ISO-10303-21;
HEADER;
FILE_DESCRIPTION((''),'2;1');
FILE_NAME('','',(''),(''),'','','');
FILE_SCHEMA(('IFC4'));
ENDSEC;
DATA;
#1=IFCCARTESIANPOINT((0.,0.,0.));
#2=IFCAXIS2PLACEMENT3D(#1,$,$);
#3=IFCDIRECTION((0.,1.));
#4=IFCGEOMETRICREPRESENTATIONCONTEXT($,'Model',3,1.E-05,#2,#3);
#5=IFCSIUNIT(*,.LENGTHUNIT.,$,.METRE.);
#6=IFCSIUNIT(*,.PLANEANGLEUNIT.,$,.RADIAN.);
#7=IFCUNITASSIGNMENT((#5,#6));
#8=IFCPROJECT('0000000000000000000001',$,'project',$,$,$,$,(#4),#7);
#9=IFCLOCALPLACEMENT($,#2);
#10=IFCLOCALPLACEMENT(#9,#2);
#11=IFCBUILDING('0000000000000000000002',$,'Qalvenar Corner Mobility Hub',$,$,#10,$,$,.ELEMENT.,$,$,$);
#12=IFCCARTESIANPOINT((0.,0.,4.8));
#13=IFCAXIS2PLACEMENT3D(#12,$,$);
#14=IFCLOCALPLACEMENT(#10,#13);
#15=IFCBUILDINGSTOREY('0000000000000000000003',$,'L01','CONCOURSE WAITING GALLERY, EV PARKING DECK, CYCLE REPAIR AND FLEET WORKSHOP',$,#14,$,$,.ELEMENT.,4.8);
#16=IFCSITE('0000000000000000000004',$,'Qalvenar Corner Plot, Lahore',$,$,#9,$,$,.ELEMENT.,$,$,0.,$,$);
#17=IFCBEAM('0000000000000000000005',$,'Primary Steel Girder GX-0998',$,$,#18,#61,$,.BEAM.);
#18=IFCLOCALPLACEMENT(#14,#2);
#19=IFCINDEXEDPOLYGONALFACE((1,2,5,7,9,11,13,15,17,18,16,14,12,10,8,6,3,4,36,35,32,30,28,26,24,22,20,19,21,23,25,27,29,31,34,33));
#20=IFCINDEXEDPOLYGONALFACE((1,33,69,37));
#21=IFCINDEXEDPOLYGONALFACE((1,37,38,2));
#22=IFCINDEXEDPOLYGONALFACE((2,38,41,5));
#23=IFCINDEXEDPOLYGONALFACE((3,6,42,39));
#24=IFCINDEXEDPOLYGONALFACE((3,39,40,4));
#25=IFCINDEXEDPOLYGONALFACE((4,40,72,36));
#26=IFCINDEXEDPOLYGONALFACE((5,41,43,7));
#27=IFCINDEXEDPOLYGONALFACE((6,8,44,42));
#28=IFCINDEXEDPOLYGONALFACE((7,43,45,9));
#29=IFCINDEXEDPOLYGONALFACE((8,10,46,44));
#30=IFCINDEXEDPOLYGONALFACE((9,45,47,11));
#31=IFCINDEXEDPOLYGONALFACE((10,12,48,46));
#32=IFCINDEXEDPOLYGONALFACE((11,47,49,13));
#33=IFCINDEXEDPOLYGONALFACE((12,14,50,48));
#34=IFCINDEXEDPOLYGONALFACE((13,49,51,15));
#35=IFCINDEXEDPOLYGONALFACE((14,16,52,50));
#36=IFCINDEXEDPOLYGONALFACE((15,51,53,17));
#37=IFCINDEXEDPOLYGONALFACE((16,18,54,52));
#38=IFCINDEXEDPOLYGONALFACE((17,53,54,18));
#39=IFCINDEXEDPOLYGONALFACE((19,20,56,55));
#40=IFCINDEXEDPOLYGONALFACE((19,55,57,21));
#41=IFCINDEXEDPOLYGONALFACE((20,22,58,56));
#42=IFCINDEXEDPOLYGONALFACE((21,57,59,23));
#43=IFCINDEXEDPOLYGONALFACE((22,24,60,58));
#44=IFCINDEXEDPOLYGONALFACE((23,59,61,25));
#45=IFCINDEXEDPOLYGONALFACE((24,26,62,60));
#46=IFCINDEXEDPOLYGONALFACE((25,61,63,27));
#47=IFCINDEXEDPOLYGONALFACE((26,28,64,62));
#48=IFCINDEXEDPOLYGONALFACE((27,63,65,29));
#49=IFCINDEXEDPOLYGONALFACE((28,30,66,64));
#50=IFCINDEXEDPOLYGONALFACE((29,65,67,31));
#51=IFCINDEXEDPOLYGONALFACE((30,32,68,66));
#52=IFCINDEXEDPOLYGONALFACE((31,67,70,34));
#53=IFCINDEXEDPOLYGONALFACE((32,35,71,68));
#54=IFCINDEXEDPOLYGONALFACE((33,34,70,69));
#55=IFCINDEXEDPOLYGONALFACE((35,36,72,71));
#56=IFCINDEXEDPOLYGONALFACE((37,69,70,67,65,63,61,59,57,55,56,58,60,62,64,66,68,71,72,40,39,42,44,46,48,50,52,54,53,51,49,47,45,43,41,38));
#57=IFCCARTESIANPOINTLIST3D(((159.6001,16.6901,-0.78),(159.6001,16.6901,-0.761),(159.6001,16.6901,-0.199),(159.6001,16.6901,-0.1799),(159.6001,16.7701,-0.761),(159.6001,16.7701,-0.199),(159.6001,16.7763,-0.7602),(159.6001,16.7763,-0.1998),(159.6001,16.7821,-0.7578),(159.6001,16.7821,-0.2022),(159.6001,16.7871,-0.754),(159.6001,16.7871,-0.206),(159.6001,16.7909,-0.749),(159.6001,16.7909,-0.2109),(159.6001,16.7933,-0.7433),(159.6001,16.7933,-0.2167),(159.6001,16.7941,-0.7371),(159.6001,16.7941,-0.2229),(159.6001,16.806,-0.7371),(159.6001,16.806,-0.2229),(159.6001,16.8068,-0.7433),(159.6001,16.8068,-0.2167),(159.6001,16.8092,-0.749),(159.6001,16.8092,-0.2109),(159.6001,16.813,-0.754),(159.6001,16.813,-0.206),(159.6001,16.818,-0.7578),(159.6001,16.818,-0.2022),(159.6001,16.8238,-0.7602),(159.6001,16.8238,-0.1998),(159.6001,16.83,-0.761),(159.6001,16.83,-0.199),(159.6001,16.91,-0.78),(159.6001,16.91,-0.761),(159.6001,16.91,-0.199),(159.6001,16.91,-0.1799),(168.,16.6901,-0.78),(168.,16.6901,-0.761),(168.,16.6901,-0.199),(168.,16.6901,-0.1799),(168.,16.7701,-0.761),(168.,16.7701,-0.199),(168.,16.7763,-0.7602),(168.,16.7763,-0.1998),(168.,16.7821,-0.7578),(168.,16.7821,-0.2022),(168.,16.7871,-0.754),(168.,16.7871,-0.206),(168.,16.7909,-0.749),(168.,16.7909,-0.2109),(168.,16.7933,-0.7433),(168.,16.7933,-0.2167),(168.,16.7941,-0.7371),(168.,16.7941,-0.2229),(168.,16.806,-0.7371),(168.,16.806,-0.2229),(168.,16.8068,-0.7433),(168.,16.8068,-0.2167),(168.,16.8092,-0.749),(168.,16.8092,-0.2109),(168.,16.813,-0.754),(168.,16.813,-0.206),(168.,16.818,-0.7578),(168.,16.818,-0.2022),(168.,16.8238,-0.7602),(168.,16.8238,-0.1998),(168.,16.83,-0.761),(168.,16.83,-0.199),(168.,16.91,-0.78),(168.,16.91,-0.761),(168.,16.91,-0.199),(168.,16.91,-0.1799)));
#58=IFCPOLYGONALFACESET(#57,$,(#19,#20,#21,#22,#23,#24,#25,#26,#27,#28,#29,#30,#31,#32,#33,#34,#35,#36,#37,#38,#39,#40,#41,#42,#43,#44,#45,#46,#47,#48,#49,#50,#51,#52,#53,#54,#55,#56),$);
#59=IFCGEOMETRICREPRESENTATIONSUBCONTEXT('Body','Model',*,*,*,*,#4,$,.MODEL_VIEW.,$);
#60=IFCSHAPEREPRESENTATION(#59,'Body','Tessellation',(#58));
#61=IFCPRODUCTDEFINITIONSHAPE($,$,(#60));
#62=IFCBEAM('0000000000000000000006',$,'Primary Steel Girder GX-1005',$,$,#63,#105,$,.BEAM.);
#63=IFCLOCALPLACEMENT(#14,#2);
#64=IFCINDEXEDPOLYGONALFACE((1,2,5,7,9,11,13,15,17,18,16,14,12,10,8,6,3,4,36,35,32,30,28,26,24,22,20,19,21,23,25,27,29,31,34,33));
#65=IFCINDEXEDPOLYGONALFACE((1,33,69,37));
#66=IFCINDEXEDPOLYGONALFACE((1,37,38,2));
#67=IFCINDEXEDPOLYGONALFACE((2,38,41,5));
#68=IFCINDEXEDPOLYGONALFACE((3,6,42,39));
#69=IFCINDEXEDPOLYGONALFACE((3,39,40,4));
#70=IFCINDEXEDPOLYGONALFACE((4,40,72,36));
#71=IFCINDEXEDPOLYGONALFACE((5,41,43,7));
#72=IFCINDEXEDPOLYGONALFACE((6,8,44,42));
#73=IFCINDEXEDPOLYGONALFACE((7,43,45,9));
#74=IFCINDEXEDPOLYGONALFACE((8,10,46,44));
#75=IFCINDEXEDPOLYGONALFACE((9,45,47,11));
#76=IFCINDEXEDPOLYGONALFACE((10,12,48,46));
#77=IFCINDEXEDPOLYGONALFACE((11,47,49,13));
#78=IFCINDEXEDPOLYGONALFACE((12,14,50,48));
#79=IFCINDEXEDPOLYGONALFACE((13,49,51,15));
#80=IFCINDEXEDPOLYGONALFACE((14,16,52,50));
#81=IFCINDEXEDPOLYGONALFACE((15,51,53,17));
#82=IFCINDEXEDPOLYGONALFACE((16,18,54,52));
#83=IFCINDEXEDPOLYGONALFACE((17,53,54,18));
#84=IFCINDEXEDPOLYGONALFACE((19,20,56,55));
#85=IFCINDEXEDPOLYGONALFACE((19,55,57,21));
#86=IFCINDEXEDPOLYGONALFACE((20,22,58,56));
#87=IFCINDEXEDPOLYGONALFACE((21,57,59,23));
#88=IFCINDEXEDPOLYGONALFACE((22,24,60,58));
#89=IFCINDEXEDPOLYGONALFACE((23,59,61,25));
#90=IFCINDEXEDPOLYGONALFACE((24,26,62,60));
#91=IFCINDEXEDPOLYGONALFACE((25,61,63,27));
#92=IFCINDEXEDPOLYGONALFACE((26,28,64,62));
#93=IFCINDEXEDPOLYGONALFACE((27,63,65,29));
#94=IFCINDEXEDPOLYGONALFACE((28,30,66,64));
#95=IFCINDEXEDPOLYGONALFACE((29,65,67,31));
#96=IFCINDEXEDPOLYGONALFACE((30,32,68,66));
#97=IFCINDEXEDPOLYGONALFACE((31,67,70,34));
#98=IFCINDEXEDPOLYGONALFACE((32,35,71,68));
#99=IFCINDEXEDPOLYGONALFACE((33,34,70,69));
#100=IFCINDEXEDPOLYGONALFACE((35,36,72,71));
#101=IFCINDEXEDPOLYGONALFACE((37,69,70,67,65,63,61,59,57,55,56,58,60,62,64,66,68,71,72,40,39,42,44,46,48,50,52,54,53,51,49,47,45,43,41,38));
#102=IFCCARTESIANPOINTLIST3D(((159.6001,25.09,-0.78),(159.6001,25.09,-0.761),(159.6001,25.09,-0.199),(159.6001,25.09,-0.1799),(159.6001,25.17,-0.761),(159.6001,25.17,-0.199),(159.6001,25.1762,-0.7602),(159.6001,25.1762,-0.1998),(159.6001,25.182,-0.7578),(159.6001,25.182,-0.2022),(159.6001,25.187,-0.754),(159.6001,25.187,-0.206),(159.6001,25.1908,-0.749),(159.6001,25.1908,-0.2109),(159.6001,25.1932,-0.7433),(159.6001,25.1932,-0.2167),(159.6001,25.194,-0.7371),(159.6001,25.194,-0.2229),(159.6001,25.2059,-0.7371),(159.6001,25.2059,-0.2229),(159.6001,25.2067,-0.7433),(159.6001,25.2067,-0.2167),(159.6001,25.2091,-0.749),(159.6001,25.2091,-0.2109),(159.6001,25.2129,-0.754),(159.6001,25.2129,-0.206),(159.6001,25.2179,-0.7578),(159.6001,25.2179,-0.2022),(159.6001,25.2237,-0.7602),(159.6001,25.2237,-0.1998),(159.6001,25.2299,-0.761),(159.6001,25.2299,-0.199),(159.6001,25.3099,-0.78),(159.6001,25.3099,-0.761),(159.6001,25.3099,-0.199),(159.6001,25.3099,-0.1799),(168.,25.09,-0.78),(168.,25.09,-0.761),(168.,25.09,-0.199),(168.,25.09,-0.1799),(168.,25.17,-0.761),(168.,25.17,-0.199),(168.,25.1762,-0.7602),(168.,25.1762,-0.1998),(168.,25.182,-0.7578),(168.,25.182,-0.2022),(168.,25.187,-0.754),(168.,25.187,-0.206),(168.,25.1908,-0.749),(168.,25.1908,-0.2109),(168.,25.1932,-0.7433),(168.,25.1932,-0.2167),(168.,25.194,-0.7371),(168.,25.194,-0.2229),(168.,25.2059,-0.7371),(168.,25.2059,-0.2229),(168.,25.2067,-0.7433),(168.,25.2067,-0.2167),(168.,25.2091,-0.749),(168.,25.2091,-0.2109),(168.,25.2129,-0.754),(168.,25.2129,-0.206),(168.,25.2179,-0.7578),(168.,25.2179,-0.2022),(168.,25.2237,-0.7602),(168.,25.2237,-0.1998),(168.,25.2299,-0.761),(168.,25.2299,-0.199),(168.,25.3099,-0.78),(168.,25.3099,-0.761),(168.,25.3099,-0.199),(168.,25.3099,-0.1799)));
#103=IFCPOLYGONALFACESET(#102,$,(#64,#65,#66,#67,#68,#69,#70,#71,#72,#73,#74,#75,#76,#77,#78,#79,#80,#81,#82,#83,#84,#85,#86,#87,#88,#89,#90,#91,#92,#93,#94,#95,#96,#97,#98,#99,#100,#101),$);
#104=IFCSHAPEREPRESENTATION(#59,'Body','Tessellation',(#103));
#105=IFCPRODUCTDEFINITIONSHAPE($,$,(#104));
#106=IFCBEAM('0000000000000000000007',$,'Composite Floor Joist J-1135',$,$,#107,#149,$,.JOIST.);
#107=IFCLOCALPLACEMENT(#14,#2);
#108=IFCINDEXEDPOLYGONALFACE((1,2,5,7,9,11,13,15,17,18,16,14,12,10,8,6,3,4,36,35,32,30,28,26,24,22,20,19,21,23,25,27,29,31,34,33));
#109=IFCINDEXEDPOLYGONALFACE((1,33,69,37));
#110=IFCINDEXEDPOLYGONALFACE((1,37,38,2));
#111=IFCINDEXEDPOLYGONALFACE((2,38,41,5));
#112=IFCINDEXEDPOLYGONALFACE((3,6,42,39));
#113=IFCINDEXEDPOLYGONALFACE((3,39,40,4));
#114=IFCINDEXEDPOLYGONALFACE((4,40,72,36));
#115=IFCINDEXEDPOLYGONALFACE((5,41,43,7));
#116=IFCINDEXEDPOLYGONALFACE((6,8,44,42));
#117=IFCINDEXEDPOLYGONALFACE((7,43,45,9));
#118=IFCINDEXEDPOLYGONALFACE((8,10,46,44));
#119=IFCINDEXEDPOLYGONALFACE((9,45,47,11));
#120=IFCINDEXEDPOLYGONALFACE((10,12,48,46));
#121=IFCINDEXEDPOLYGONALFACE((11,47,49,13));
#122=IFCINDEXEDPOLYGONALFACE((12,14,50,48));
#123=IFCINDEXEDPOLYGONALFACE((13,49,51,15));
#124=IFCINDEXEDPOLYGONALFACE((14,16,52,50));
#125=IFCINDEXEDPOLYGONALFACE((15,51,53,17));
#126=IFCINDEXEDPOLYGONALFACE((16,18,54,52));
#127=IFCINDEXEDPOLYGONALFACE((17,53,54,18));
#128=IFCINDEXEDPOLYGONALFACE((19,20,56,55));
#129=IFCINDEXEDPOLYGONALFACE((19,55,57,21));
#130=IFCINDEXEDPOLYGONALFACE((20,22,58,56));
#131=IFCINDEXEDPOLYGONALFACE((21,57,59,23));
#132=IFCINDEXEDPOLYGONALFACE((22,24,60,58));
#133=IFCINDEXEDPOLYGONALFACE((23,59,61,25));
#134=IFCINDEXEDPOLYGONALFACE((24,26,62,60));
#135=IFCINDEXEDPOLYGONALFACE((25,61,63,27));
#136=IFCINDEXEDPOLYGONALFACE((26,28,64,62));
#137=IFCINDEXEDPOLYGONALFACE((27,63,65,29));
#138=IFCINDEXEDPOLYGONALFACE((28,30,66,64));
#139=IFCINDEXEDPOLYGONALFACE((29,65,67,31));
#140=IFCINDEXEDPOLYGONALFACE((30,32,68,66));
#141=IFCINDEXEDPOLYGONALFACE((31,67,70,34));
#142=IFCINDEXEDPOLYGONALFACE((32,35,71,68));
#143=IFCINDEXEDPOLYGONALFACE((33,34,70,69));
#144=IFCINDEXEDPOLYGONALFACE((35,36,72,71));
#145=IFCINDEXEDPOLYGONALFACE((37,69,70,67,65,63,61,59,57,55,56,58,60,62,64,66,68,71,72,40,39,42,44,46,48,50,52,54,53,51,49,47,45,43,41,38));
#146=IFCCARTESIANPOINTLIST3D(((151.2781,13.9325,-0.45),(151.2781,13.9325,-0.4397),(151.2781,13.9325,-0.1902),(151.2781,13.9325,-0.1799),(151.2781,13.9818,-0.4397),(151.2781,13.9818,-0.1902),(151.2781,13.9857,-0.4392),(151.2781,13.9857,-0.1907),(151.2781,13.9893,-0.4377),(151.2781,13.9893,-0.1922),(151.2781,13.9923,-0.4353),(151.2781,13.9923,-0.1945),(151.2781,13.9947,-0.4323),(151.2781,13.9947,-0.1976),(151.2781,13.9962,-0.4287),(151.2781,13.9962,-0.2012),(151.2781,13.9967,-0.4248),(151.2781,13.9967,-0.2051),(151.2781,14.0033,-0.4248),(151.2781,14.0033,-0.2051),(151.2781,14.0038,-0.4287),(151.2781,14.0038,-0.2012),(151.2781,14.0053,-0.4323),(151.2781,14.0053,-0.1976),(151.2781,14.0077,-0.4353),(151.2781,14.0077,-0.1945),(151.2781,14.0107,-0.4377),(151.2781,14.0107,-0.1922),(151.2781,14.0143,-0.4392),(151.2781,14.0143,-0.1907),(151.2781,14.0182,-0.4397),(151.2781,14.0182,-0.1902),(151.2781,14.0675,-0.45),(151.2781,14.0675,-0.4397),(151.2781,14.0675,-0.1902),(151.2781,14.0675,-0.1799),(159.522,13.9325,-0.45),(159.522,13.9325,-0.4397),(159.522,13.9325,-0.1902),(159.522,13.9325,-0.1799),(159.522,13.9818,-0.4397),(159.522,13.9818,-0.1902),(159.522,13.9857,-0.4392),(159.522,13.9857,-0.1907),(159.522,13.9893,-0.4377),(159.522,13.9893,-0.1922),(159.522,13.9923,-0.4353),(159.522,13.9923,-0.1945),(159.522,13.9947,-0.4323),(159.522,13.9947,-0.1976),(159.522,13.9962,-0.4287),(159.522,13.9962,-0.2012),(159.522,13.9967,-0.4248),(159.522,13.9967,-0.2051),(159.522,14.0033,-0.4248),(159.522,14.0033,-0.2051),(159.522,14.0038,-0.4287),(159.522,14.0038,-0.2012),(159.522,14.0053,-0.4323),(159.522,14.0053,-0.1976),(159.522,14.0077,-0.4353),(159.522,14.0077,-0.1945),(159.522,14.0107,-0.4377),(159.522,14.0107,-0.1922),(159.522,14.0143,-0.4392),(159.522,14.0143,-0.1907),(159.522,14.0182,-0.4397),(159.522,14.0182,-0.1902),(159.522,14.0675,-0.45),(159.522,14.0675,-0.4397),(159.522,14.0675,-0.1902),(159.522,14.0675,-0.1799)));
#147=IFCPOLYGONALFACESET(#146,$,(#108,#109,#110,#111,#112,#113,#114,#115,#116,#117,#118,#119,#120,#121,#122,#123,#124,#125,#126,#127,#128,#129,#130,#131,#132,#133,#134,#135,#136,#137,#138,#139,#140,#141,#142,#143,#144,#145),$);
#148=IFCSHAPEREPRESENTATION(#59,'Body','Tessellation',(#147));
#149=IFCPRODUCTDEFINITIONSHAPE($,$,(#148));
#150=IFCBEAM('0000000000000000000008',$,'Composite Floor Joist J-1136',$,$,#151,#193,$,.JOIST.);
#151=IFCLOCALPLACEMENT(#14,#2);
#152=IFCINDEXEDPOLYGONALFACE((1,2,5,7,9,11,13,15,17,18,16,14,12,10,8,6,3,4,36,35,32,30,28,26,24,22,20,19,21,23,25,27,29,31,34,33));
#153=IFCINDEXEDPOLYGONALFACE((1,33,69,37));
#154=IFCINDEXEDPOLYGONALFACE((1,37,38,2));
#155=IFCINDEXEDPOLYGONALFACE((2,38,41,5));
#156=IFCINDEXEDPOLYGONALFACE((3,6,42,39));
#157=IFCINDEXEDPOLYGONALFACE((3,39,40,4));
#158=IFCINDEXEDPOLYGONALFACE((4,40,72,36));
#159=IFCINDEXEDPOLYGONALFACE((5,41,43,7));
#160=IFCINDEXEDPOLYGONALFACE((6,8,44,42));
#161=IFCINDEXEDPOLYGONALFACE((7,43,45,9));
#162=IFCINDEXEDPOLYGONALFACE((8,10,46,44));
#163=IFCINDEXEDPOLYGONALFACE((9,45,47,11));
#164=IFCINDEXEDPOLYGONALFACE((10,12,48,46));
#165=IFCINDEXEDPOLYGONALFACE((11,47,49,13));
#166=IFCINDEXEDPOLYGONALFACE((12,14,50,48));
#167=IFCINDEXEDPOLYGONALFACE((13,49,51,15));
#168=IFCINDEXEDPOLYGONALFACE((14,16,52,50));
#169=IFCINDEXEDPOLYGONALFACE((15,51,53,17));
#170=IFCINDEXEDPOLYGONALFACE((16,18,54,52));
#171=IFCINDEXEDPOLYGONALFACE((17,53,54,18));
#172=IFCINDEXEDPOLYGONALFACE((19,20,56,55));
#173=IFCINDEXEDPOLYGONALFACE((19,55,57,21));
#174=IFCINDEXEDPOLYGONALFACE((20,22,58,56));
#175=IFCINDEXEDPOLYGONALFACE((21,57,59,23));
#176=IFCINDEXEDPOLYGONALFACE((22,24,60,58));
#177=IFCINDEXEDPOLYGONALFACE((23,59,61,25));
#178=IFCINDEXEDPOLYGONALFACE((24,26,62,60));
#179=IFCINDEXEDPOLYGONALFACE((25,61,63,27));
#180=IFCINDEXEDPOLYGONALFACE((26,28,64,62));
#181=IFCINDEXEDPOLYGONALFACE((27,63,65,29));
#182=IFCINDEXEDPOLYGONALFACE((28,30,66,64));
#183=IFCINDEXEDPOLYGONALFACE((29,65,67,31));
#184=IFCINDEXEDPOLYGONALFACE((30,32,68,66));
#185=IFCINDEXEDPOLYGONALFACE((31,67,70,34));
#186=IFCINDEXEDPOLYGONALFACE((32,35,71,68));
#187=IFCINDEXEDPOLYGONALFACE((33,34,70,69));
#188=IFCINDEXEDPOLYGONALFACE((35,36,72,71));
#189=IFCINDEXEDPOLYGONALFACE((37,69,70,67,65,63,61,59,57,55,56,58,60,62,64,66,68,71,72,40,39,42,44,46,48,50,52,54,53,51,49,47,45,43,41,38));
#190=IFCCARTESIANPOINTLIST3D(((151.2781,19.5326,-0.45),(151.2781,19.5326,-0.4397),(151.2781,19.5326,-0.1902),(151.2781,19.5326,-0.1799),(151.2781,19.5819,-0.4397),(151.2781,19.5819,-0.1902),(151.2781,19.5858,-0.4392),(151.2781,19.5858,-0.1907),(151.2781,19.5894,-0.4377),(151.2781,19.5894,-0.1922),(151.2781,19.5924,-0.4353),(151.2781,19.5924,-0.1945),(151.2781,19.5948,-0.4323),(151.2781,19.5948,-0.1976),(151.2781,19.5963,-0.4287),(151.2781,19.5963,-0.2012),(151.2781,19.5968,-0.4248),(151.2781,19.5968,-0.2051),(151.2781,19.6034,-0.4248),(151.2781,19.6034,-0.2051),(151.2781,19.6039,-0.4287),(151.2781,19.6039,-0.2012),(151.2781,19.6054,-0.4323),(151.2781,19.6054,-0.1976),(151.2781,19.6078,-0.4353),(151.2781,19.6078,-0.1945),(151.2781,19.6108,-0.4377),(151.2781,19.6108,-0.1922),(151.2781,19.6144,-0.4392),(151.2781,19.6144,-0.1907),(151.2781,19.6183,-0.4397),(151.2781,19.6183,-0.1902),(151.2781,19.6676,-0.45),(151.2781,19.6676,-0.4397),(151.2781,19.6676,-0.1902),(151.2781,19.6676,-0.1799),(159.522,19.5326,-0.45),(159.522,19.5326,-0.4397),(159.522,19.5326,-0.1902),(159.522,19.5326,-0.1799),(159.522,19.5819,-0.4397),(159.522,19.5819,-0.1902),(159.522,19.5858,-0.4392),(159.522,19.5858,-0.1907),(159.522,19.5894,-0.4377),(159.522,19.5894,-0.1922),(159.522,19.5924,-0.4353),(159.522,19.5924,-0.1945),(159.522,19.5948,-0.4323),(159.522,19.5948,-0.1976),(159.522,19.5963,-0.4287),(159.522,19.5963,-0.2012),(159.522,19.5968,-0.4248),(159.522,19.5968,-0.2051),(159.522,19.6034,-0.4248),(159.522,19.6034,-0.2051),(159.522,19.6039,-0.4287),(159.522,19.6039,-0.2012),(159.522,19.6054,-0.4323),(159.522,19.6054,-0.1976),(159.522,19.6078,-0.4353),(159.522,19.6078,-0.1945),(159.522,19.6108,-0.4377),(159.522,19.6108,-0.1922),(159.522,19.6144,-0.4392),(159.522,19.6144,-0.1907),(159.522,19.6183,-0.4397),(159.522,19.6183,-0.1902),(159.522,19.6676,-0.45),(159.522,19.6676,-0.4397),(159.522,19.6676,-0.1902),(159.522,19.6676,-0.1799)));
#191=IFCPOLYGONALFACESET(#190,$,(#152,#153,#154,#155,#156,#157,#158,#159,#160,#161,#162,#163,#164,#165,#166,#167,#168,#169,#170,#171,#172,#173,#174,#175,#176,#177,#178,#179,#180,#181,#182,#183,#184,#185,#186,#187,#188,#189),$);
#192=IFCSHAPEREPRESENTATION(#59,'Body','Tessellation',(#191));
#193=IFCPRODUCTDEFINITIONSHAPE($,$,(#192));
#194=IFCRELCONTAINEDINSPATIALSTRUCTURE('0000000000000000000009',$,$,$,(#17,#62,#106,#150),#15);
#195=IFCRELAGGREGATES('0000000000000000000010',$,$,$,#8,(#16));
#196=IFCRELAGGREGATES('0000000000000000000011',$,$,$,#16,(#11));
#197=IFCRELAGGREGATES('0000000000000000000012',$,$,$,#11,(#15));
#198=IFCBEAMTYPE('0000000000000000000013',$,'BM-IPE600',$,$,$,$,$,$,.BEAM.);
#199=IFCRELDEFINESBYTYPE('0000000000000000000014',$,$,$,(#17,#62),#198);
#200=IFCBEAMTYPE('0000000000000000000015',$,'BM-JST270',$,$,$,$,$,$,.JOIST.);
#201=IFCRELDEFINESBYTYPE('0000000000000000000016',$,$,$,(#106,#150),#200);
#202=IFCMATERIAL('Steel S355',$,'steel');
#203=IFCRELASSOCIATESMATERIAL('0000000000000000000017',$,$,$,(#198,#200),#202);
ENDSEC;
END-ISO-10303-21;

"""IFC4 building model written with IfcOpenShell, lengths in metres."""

from ifc_helpers import new_model, si_unit, direction, frame, origin, origin_2d, place, context, subcontext, project, spatial, i_section, extrude, material, material_profile, profile_set, type_object, element, save


model = new_model("IFC4")

# Units and contexts
model_context = context("Model", 3, precision=1e-05, world=origin(), true_north=direction((0.0, 1.0)))
body_context = subcontext(model_context, "Body", "Model", "MODEL_VIEW")
ifc_project = project(units=[si_unit("LENGTHUNIT", "METRE"), si_unit("PLANEANGLEUNIT", "RADIAN")], contexts=[model_context])

# Site, building, storey
site_placement = place(None, origin())
site = spatial("IfcSite", under=ifc_project, at=site_placement, Name="Qalvenar Corner Plot, Lahore", CompositionType="ELEMENT", RefElevation=0.0)
building_placement = place(site_placement, origin())
building = spatial("IfcBuilding", under=site, at=building_placement, Name="Qalvenar Corner Mobility Hub", CompositionType="ELEMENT")
storey_placement = place(building_placement, frame((0.0, 0.0, 4.8)))
storey = spatial("IfcBuildingStorey", under=building, at=storey_placement, Name="L01", Description="CONCOURSE WAITING GALLERY, EV PARKING DECK, CYCLE REPAIR AND FLEET WORKSHOP", CompositionType="ELEMENT", Elevation=4.8)

# Shared definitions
ifc_material_1 = material(Name="Steel S355", Category="steel")

# Beams
ifc_material_profile_1 = material_profile(ifc_material_1, i_section(OverallWidth=0.22, OverallDepth=0.6001, WebThickness=0.012, FlangeThickness=0.019, FilletRadius=0.0239, at=origin_2d()), Name="IPE600")
ifc_profile_set_1 = profile_set([ifc_material_profile_1], Name="Steel S355")
beam_type_1 = type_object("IfcBeamType", Name="BM-IPE600", PredefinedType="BEAM", material=ifc_profile_set_1)
for number, where, z_axis, x_axis, name in (
    (1, (159.6001, 16.8, -0.48), (1.0, 0.0, 0.0), (0.0, 1.0, 0.0), "Primary Steel Girder GX-0998"),
    (2, (159.6001, 25.2, -0.48), (1.0, 0.0, 0.0), (0.0, 1.0, 0.0), "Primary Steel Girder GX-1005"),
):
    element("IfcBeam", number, at=place(storey_placement, frame(where, z_axis=z_axis, x_axis=x_axis)), inside=storey, type_object=beam_type_1, Name=name, PredefinedType="BEAM", context=body_context, shape_type="SweptSolid", body=[
        extrude(i_section(OverallWidth=0.22, OverallDepth=0.6001, WebThickness=0.012, FlangeThickness=0.019, FilletRadius=0.0239, at=origin_2d()), origin(), (0.0, 0.0, 1.0), 8.3999),
    ])
ifc_material_profile_2 = material_profile(ifc_material_1, i_section(OverallWidth=0.135, OverallDepth=0.27, WebThickness=0.0066, FlangeThickness=0.0103, FilletRadius=0.0149, at=origin_2d()), Name="IPE270")
ifc_profile_set_2 = profile_set([ifc_material_profile_2], Name="Steel S355")
beam_type_2 = type_object("IfcBeamType", Name="BM-JST270", PredefinedType="JOIST", material=ifc_profile_set_2)
for number, where, z_axis, x_axis, name in (
    (3, (151.2781, 14.0, -0.3149), (1.0, 0.0, 0.0), (0.0, 1.0, 0.0), "Composite Floor Joist J-1135"),
    (4, (151.2781, 19.6001, -0.3149), (1.0, 0.0, 0.0), (0.0, 1.0, 0.0), "Composite Floor Joist J-1136"),
):
    element("IfcBeam", number, at=place(storey_placement, frame(where, z_axis=z_axis, x_axis=x_axis)), inside=storey, type_object=beam_type_2, Name=name, PredefinedType="JOIST", context=body_context, shape_type="SweptSolid", body=[
        extrude(i_section(OverallWidth=0.135, OverallDepth=0.27, WebThickness=0.0066, FlangeThickness=0.0103, FilletRadius=0.0149, at=origin_2d()), origin(), (0.0, 0.0, 1.0), 8.2439),
    ])

save(model, "model.ifc")
